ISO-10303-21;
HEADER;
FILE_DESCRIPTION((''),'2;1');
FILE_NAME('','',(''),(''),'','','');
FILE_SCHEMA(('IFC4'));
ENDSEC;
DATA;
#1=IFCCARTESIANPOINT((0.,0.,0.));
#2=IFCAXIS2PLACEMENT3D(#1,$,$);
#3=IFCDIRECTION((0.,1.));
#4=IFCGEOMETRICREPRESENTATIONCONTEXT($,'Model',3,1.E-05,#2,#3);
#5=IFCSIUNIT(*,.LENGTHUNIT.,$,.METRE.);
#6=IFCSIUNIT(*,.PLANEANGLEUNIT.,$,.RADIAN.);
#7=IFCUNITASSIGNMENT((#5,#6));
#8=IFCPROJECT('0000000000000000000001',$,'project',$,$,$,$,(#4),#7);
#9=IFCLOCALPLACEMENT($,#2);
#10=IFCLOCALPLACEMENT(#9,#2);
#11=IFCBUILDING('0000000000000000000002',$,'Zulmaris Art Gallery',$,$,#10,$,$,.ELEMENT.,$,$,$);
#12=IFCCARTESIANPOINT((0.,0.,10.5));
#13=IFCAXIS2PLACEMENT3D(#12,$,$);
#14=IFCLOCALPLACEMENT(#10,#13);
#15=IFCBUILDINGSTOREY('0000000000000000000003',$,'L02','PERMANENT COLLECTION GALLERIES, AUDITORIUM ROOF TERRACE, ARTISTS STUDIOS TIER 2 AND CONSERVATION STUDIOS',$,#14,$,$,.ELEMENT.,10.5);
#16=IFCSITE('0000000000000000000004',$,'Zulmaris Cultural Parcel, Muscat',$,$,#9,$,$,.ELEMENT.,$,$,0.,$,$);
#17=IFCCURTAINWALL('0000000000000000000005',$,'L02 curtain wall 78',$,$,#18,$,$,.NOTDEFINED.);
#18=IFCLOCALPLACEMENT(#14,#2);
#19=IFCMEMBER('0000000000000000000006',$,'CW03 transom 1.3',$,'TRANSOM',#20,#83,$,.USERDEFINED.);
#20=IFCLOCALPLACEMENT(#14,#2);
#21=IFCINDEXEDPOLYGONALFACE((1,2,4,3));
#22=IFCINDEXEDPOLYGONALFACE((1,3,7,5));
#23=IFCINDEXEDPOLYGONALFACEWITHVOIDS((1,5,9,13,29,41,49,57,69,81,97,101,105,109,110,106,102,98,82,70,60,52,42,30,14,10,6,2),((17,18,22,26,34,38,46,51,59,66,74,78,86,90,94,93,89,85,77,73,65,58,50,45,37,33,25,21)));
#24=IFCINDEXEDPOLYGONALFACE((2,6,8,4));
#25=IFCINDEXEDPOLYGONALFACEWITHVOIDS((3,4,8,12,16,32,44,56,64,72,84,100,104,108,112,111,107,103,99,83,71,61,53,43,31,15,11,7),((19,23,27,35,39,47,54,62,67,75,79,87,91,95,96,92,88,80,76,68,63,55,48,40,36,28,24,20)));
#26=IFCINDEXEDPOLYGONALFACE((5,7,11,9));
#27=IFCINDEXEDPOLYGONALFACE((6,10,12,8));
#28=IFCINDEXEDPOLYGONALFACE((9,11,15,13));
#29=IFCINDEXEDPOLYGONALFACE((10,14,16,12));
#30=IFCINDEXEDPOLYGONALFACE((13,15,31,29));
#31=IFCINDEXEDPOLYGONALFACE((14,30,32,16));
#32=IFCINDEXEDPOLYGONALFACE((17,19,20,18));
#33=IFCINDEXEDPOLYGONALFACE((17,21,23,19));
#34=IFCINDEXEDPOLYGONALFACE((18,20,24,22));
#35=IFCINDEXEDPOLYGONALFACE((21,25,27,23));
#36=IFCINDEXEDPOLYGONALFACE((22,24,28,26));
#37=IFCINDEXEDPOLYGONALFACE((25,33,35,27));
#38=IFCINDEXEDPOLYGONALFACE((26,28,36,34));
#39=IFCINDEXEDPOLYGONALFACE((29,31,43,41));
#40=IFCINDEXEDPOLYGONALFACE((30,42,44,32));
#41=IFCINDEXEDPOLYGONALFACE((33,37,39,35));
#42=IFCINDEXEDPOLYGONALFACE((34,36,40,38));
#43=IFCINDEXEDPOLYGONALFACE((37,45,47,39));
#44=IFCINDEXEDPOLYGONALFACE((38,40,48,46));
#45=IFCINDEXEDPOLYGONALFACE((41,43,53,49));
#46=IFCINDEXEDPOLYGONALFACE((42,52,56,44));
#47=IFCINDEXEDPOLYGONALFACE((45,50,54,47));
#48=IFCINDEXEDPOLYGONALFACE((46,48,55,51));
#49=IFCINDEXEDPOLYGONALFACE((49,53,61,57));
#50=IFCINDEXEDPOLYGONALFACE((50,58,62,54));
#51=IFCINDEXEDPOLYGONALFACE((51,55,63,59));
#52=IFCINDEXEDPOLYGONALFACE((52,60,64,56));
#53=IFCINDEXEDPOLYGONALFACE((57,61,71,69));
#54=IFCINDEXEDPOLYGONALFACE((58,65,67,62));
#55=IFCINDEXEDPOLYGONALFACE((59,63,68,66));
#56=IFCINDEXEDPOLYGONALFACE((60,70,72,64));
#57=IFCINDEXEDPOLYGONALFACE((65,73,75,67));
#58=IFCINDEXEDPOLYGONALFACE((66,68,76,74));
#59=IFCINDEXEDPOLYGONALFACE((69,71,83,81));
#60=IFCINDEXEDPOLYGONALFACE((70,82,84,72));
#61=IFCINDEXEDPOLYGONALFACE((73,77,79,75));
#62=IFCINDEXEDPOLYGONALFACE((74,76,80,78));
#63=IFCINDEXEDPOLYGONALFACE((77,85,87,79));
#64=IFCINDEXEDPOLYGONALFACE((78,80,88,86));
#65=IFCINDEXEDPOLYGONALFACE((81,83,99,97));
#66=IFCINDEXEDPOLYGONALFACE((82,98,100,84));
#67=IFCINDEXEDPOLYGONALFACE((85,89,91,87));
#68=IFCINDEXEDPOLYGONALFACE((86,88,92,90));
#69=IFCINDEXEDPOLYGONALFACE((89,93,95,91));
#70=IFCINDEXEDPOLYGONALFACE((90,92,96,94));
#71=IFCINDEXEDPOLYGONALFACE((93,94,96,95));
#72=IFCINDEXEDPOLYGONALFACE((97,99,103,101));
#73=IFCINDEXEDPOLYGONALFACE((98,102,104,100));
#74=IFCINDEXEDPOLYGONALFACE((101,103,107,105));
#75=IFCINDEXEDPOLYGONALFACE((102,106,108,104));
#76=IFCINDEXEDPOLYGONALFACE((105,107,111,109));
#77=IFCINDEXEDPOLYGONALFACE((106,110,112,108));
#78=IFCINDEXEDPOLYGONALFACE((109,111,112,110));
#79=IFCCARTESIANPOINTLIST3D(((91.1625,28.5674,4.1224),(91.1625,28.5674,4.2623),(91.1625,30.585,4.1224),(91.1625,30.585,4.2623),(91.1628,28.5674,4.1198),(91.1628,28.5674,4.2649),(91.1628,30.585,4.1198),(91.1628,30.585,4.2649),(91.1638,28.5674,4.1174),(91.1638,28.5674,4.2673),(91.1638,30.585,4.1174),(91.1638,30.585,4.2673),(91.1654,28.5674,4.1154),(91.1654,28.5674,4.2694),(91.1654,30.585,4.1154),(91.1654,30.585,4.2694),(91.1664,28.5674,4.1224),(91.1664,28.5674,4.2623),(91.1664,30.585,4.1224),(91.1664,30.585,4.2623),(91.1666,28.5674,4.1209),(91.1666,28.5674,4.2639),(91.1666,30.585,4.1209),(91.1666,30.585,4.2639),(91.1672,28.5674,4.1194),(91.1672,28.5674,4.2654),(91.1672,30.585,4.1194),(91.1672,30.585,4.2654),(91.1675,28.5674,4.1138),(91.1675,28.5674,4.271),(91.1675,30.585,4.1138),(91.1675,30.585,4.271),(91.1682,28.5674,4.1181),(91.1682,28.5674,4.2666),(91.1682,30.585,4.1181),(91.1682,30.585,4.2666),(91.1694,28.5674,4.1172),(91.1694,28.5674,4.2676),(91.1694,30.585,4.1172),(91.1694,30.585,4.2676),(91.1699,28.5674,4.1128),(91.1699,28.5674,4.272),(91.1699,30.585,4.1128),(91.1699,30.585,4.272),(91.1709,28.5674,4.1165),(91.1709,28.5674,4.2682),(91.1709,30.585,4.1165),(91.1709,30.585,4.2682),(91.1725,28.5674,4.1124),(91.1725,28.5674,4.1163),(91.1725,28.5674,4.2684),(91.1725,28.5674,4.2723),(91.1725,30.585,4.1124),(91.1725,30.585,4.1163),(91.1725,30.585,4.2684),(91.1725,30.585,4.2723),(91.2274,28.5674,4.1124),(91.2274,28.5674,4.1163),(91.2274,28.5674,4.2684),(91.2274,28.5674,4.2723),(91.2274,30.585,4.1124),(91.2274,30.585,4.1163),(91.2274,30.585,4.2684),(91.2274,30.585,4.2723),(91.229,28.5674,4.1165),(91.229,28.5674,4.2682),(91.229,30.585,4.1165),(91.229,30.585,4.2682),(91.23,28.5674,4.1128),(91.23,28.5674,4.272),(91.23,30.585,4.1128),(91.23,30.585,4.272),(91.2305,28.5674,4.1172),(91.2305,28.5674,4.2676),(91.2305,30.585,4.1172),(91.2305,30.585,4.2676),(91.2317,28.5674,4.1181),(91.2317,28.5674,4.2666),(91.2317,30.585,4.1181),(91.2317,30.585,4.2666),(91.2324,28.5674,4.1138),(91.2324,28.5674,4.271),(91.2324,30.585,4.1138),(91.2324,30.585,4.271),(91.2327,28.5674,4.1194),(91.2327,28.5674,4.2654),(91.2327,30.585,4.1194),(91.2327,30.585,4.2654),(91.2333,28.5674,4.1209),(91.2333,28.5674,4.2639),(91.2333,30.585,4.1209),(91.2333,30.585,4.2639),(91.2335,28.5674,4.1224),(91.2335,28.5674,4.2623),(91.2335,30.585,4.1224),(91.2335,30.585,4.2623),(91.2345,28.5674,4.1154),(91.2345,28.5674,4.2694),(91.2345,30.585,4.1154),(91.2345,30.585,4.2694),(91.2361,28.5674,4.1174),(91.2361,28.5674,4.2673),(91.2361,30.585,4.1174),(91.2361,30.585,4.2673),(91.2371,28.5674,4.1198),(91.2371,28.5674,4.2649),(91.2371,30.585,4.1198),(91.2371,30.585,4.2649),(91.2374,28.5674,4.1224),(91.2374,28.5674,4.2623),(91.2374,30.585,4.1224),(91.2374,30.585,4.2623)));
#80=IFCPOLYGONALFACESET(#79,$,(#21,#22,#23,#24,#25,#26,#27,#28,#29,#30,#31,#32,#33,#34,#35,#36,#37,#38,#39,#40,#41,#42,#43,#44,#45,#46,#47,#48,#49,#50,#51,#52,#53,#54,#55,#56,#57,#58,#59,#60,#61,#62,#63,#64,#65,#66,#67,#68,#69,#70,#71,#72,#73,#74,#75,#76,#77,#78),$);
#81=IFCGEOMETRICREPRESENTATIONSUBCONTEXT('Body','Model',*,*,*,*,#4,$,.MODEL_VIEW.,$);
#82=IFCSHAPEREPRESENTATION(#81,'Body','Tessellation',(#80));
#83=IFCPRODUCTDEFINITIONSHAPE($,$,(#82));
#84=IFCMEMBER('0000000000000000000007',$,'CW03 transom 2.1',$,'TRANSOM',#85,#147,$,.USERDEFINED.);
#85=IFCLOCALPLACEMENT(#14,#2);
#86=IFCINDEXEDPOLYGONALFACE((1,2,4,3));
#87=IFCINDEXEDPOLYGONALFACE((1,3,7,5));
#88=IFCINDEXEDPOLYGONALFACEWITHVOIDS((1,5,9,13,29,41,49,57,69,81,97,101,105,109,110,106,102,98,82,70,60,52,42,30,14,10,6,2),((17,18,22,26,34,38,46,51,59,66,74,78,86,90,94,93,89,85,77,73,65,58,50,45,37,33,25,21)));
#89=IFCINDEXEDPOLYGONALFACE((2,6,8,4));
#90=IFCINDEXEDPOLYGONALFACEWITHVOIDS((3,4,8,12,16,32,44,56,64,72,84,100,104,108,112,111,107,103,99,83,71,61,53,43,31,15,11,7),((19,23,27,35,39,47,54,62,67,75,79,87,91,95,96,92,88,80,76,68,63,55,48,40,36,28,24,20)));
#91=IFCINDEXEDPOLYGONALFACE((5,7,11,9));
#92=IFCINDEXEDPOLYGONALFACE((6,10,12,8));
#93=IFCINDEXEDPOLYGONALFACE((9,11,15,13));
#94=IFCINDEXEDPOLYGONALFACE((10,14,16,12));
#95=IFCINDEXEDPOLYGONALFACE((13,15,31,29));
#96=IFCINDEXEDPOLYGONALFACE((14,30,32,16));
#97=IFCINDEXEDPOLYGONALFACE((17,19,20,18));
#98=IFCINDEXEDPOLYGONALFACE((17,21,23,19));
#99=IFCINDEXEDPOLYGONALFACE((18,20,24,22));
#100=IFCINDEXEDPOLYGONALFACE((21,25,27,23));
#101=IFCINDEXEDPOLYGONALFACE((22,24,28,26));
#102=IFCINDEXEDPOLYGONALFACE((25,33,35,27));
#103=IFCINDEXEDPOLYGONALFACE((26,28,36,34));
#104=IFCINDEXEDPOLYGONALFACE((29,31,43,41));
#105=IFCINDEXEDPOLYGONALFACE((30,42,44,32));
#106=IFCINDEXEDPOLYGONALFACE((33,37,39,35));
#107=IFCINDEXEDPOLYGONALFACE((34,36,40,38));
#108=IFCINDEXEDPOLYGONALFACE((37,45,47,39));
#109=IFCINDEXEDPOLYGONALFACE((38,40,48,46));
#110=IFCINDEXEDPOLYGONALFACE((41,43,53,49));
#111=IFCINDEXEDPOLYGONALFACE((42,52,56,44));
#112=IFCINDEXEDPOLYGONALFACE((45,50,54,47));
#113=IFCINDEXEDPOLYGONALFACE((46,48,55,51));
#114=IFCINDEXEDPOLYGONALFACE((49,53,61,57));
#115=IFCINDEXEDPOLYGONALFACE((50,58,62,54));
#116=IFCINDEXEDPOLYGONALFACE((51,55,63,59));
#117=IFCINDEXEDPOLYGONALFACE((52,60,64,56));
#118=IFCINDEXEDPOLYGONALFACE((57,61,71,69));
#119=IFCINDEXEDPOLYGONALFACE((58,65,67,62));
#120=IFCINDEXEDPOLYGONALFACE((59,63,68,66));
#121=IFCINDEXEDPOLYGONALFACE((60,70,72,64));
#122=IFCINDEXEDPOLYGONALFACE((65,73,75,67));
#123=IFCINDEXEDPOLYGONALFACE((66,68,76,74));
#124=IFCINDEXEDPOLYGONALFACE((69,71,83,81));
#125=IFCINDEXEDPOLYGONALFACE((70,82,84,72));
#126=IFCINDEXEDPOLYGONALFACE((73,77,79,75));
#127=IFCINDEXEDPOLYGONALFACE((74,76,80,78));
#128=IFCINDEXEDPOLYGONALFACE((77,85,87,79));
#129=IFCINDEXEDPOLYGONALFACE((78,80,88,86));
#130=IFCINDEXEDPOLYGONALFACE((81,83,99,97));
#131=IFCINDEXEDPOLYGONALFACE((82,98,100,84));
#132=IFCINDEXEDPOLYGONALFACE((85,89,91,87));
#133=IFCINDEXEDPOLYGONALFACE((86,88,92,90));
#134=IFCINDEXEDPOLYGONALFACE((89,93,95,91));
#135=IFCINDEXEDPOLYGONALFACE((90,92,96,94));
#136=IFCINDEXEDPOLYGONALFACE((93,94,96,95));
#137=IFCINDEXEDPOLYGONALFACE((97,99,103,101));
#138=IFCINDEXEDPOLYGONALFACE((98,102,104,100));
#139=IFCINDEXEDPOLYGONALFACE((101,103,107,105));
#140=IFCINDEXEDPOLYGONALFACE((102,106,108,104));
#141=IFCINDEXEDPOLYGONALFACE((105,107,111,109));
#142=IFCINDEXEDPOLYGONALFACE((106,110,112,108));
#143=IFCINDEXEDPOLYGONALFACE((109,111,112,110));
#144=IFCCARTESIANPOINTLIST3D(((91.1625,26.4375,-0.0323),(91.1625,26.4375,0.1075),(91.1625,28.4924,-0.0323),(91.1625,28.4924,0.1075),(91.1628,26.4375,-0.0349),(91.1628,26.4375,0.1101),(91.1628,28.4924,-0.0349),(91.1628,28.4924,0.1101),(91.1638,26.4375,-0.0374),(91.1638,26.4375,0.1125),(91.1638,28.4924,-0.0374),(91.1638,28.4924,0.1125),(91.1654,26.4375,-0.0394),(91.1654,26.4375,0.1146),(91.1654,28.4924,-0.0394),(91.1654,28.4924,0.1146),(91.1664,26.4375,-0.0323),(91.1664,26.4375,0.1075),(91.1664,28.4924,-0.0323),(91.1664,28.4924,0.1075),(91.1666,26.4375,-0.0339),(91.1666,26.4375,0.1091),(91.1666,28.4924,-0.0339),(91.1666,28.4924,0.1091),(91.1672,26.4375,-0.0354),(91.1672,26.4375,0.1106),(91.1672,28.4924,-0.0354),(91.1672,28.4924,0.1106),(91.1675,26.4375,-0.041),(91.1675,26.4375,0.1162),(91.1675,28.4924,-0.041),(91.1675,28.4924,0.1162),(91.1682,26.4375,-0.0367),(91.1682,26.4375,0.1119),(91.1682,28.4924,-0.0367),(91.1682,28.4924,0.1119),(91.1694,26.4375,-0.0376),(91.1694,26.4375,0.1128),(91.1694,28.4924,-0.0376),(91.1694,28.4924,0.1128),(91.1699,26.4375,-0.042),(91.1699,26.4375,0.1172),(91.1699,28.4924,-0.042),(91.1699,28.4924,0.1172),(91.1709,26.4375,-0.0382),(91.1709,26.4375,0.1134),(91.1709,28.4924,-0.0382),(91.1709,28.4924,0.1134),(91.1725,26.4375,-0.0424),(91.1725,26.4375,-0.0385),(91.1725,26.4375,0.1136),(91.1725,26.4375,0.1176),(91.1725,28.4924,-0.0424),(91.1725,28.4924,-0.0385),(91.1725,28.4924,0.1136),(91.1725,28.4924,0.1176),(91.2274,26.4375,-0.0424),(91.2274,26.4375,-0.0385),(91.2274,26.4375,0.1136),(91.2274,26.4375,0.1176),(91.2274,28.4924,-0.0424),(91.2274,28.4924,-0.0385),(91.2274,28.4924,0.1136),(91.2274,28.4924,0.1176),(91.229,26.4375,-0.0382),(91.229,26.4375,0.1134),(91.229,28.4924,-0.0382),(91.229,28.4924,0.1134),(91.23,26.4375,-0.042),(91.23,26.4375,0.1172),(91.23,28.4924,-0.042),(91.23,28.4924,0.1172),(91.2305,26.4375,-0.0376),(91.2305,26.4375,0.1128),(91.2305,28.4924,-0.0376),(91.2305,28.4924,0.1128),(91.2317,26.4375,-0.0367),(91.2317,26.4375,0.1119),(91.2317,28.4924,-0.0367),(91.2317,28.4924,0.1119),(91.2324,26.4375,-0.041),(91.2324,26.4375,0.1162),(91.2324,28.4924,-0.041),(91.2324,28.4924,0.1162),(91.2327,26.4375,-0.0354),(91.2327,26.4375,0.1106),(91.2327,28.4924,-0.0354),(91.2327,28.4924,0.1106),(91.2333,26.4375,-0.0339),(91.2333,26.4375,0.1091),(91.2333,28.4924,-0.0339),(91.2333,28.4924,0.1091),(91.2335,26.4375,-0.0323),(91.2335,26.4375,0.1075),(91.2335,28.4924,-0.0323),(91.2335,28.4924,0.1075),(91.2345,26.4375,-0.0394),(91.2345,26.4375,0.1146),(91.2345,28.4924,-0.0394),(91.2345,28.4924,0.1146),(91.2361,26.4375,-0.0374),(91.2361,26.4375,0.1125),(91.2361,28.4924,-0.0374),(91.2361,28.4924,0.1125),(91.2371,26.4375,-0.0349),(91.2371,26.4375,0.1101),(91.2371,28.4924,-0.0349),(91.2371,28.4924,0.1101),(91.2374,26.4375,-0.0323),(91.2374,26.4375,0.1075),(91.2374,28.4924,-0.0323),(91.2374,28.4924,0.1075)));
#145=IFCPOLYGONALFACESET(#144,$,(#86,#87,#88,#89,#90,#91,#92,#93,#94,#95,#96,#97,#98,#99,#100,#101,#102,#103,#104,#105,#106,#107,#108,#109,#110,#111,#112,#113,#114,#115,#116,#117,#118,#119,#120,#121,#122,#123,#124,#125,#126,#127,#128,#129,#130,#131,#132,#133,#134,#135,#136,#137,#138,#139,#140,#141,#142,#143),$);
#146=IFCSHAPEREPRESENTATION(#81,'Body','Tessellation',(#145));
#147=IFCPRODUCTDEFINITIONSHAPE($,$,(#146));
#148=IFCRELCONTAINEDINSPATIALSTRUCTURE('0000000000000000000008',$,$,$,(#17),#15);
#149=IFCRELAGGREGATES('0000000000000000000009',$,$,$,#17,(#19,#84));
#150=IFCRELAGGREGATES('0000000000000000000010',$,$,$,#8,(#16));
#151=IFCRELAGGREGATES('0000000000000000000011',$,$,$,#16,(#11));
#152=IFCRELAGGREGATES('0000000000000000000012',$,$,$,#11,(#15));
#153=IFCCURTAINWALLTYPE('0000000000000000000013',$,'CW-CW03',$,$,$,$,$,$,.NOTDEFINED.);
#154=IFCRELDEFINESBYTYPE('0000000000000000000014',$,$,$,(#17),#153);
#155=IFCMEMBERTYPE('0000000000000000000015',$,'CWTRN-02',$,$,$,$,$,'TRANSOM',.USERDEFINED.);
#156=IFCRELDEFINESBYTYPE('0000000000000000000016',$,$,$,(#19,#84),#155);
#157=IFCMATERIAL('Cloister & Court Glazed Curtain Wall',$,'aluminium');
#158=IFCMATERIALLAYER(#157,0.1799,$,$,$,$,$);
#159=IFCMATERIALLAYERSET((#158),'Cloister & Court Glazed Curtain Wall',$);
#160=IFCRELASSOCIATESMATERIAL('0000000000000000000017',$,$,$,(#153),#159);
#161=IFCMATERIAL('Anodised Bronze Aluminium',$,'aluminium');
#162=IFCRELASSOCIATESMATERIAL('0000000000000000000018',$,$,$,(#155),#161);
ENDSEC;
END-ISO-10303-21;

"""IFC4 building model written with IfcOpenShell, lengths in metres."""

from ifc_helpers import new_model, si_unit, direction, frame, origin, origin_2d, place, context, subcontext, project, spatial, hollow_rectangle, extrude, material, layer, layer_set, material_profile, profile_set, type_object, element, aggregate, save


model = new_model("IFC4")

# Units and contexts
model_context = context("Model", 3, precision=1e-05, world=origin(), true_north=direction((0.0, 1.0)))
body_context = subcontext(model_context, "Body", "Model", "MODEL_VIEW")
ifc_project = project(units=[si_unit("LENGTHUNIT", "METRE"), si_unit("PLANEANGLEUNIT", "RADIAN")], contexts=[model_context])

# Site, building, storey
site_placement = place(None, origin())
site = spatial("IfcSite", under=ifc_project, at=site_placement, Name="Zulmaris Cultural Parcel, Muscat", CompositionType="ELEMENT", RefElevation=0.0)
building_placement = place(site_placement, origin())
building = spatial("IfcBuilding", under=site, at=building_placement, Name="Zulmaris Art Gallery", CompositionType="ELEMENT")
storey_placement = place(building_placement, frame((0.0, 0.0, 10.5)))
storey = spatial("IfcBuildingStorey", under=building, at=storey_placement, Name="L02", Description="PERMANENT COLLECTION GALLERIES, AUDITORIUM ROOF TERRACE, ARTISTS STUDIOS TIER 2 AND CONSERVATION STUDIOS", CompositionType="ELEMENT", Elevation=10.5)

# Curtain wall
ifc_material_1 = material(Name="Cloister & Court Glazed Curtain Wall", Category="aluminium")
ifc_layer_1 = layer(ifc_material_1, 0.1799)
ifc_layer_set_1 = layer_set([ifc_layer_1], Name="Cloister & Court Glazed Curtain Wall")
curtain_wall_type = type_object("IfcCurtainWallType", Name="CW-CW03", PredefinedType="NOTDEFINED", material=ifc_layer_set_1)
curtain_wall_1_placement = place(storey_placement, origin())
curtain_wall_1 = element("IfcCurtainWall", 1, at=curtain_wall_1_placement, inside=storey, type_object=curtain_wall_type, Name="L02 curtain wall 78", PredefinedType="NOTDEFINED")
ifc_material_2 = material(Name="Anodised Bronze Aluminium", Category="aluminium")

# Members
ifc_material_profile_1 = material_profile(ifc_material_2, hollow_rectangle(XDim=0.075, YDim=0.1599, WallThickness=0.0039, InnerFilletRadius=0.0061, OuterFilletRadius=0.01, at=origin_2d()), Name="ALU 75x160x4")
ifc_profile_set_1 = profile_set([ifc_material_profile_1], Name="Anodised Bronze Aluminium")
member_type_1 = type_object("IfcMemberType", Name="CWTRN-02", ElementType="TRANSOM", PredefinedType="USERDEFINED", material=ifc_profile_set_1)
member_1_placement = place(storey_placement, frame((91.2, 30.585, 4.1924), z_axis=(0.0, -1.0, 0.0), x_axis=(1.0, 0.0, 0.0)))
member_1 = element("IfcMember", 2, at=member_1_placement, type_object=member_type_1, Name="CW03 transom 1.3", ObjectType="TRANSOM", PredefinedType="USERDEFINED", context=body_context, shape_type="SweptSolid", body=[
    extrude(hollow_rectangle(XDim=0.075, YDim=0.1599, WallThickness=0.0039, InnerFilletRadius=0.0061, OuterFilletRadius=0.01, at=origin_2d()), origin(), (0.0, 0.0, 1.0), 2.0176),
])
member_2_placement = place(storey_placement, frame((91.2, 28.4924, 0.0376), z_axis=(0.0, -1.0, 0.0), x_axis=(1.0, 0.0, 0.0)))
member_2 = element("IfcMember", 3, at=member_2_placement, type_object=member_type_1, Name="CW03 transom 2.1", ObjectType="TRANSOM", PredefinedType="USERDEFINED", context=body_context, shape_type="SweptSolid", body=[
    extrude(hollow_rectangle(XDim=0.075, YDim=0.1599, WallThickness=0.0039, InnerFilletRadius=0.0061, OuterFilletRadius=0.01, at=origin_2d()), origin(), (0.0, 0.0, 1.0), 2.0549),
])

aggregate(curtain_wall_1, [member_1, member_2])

save(model, "model.ifc")
